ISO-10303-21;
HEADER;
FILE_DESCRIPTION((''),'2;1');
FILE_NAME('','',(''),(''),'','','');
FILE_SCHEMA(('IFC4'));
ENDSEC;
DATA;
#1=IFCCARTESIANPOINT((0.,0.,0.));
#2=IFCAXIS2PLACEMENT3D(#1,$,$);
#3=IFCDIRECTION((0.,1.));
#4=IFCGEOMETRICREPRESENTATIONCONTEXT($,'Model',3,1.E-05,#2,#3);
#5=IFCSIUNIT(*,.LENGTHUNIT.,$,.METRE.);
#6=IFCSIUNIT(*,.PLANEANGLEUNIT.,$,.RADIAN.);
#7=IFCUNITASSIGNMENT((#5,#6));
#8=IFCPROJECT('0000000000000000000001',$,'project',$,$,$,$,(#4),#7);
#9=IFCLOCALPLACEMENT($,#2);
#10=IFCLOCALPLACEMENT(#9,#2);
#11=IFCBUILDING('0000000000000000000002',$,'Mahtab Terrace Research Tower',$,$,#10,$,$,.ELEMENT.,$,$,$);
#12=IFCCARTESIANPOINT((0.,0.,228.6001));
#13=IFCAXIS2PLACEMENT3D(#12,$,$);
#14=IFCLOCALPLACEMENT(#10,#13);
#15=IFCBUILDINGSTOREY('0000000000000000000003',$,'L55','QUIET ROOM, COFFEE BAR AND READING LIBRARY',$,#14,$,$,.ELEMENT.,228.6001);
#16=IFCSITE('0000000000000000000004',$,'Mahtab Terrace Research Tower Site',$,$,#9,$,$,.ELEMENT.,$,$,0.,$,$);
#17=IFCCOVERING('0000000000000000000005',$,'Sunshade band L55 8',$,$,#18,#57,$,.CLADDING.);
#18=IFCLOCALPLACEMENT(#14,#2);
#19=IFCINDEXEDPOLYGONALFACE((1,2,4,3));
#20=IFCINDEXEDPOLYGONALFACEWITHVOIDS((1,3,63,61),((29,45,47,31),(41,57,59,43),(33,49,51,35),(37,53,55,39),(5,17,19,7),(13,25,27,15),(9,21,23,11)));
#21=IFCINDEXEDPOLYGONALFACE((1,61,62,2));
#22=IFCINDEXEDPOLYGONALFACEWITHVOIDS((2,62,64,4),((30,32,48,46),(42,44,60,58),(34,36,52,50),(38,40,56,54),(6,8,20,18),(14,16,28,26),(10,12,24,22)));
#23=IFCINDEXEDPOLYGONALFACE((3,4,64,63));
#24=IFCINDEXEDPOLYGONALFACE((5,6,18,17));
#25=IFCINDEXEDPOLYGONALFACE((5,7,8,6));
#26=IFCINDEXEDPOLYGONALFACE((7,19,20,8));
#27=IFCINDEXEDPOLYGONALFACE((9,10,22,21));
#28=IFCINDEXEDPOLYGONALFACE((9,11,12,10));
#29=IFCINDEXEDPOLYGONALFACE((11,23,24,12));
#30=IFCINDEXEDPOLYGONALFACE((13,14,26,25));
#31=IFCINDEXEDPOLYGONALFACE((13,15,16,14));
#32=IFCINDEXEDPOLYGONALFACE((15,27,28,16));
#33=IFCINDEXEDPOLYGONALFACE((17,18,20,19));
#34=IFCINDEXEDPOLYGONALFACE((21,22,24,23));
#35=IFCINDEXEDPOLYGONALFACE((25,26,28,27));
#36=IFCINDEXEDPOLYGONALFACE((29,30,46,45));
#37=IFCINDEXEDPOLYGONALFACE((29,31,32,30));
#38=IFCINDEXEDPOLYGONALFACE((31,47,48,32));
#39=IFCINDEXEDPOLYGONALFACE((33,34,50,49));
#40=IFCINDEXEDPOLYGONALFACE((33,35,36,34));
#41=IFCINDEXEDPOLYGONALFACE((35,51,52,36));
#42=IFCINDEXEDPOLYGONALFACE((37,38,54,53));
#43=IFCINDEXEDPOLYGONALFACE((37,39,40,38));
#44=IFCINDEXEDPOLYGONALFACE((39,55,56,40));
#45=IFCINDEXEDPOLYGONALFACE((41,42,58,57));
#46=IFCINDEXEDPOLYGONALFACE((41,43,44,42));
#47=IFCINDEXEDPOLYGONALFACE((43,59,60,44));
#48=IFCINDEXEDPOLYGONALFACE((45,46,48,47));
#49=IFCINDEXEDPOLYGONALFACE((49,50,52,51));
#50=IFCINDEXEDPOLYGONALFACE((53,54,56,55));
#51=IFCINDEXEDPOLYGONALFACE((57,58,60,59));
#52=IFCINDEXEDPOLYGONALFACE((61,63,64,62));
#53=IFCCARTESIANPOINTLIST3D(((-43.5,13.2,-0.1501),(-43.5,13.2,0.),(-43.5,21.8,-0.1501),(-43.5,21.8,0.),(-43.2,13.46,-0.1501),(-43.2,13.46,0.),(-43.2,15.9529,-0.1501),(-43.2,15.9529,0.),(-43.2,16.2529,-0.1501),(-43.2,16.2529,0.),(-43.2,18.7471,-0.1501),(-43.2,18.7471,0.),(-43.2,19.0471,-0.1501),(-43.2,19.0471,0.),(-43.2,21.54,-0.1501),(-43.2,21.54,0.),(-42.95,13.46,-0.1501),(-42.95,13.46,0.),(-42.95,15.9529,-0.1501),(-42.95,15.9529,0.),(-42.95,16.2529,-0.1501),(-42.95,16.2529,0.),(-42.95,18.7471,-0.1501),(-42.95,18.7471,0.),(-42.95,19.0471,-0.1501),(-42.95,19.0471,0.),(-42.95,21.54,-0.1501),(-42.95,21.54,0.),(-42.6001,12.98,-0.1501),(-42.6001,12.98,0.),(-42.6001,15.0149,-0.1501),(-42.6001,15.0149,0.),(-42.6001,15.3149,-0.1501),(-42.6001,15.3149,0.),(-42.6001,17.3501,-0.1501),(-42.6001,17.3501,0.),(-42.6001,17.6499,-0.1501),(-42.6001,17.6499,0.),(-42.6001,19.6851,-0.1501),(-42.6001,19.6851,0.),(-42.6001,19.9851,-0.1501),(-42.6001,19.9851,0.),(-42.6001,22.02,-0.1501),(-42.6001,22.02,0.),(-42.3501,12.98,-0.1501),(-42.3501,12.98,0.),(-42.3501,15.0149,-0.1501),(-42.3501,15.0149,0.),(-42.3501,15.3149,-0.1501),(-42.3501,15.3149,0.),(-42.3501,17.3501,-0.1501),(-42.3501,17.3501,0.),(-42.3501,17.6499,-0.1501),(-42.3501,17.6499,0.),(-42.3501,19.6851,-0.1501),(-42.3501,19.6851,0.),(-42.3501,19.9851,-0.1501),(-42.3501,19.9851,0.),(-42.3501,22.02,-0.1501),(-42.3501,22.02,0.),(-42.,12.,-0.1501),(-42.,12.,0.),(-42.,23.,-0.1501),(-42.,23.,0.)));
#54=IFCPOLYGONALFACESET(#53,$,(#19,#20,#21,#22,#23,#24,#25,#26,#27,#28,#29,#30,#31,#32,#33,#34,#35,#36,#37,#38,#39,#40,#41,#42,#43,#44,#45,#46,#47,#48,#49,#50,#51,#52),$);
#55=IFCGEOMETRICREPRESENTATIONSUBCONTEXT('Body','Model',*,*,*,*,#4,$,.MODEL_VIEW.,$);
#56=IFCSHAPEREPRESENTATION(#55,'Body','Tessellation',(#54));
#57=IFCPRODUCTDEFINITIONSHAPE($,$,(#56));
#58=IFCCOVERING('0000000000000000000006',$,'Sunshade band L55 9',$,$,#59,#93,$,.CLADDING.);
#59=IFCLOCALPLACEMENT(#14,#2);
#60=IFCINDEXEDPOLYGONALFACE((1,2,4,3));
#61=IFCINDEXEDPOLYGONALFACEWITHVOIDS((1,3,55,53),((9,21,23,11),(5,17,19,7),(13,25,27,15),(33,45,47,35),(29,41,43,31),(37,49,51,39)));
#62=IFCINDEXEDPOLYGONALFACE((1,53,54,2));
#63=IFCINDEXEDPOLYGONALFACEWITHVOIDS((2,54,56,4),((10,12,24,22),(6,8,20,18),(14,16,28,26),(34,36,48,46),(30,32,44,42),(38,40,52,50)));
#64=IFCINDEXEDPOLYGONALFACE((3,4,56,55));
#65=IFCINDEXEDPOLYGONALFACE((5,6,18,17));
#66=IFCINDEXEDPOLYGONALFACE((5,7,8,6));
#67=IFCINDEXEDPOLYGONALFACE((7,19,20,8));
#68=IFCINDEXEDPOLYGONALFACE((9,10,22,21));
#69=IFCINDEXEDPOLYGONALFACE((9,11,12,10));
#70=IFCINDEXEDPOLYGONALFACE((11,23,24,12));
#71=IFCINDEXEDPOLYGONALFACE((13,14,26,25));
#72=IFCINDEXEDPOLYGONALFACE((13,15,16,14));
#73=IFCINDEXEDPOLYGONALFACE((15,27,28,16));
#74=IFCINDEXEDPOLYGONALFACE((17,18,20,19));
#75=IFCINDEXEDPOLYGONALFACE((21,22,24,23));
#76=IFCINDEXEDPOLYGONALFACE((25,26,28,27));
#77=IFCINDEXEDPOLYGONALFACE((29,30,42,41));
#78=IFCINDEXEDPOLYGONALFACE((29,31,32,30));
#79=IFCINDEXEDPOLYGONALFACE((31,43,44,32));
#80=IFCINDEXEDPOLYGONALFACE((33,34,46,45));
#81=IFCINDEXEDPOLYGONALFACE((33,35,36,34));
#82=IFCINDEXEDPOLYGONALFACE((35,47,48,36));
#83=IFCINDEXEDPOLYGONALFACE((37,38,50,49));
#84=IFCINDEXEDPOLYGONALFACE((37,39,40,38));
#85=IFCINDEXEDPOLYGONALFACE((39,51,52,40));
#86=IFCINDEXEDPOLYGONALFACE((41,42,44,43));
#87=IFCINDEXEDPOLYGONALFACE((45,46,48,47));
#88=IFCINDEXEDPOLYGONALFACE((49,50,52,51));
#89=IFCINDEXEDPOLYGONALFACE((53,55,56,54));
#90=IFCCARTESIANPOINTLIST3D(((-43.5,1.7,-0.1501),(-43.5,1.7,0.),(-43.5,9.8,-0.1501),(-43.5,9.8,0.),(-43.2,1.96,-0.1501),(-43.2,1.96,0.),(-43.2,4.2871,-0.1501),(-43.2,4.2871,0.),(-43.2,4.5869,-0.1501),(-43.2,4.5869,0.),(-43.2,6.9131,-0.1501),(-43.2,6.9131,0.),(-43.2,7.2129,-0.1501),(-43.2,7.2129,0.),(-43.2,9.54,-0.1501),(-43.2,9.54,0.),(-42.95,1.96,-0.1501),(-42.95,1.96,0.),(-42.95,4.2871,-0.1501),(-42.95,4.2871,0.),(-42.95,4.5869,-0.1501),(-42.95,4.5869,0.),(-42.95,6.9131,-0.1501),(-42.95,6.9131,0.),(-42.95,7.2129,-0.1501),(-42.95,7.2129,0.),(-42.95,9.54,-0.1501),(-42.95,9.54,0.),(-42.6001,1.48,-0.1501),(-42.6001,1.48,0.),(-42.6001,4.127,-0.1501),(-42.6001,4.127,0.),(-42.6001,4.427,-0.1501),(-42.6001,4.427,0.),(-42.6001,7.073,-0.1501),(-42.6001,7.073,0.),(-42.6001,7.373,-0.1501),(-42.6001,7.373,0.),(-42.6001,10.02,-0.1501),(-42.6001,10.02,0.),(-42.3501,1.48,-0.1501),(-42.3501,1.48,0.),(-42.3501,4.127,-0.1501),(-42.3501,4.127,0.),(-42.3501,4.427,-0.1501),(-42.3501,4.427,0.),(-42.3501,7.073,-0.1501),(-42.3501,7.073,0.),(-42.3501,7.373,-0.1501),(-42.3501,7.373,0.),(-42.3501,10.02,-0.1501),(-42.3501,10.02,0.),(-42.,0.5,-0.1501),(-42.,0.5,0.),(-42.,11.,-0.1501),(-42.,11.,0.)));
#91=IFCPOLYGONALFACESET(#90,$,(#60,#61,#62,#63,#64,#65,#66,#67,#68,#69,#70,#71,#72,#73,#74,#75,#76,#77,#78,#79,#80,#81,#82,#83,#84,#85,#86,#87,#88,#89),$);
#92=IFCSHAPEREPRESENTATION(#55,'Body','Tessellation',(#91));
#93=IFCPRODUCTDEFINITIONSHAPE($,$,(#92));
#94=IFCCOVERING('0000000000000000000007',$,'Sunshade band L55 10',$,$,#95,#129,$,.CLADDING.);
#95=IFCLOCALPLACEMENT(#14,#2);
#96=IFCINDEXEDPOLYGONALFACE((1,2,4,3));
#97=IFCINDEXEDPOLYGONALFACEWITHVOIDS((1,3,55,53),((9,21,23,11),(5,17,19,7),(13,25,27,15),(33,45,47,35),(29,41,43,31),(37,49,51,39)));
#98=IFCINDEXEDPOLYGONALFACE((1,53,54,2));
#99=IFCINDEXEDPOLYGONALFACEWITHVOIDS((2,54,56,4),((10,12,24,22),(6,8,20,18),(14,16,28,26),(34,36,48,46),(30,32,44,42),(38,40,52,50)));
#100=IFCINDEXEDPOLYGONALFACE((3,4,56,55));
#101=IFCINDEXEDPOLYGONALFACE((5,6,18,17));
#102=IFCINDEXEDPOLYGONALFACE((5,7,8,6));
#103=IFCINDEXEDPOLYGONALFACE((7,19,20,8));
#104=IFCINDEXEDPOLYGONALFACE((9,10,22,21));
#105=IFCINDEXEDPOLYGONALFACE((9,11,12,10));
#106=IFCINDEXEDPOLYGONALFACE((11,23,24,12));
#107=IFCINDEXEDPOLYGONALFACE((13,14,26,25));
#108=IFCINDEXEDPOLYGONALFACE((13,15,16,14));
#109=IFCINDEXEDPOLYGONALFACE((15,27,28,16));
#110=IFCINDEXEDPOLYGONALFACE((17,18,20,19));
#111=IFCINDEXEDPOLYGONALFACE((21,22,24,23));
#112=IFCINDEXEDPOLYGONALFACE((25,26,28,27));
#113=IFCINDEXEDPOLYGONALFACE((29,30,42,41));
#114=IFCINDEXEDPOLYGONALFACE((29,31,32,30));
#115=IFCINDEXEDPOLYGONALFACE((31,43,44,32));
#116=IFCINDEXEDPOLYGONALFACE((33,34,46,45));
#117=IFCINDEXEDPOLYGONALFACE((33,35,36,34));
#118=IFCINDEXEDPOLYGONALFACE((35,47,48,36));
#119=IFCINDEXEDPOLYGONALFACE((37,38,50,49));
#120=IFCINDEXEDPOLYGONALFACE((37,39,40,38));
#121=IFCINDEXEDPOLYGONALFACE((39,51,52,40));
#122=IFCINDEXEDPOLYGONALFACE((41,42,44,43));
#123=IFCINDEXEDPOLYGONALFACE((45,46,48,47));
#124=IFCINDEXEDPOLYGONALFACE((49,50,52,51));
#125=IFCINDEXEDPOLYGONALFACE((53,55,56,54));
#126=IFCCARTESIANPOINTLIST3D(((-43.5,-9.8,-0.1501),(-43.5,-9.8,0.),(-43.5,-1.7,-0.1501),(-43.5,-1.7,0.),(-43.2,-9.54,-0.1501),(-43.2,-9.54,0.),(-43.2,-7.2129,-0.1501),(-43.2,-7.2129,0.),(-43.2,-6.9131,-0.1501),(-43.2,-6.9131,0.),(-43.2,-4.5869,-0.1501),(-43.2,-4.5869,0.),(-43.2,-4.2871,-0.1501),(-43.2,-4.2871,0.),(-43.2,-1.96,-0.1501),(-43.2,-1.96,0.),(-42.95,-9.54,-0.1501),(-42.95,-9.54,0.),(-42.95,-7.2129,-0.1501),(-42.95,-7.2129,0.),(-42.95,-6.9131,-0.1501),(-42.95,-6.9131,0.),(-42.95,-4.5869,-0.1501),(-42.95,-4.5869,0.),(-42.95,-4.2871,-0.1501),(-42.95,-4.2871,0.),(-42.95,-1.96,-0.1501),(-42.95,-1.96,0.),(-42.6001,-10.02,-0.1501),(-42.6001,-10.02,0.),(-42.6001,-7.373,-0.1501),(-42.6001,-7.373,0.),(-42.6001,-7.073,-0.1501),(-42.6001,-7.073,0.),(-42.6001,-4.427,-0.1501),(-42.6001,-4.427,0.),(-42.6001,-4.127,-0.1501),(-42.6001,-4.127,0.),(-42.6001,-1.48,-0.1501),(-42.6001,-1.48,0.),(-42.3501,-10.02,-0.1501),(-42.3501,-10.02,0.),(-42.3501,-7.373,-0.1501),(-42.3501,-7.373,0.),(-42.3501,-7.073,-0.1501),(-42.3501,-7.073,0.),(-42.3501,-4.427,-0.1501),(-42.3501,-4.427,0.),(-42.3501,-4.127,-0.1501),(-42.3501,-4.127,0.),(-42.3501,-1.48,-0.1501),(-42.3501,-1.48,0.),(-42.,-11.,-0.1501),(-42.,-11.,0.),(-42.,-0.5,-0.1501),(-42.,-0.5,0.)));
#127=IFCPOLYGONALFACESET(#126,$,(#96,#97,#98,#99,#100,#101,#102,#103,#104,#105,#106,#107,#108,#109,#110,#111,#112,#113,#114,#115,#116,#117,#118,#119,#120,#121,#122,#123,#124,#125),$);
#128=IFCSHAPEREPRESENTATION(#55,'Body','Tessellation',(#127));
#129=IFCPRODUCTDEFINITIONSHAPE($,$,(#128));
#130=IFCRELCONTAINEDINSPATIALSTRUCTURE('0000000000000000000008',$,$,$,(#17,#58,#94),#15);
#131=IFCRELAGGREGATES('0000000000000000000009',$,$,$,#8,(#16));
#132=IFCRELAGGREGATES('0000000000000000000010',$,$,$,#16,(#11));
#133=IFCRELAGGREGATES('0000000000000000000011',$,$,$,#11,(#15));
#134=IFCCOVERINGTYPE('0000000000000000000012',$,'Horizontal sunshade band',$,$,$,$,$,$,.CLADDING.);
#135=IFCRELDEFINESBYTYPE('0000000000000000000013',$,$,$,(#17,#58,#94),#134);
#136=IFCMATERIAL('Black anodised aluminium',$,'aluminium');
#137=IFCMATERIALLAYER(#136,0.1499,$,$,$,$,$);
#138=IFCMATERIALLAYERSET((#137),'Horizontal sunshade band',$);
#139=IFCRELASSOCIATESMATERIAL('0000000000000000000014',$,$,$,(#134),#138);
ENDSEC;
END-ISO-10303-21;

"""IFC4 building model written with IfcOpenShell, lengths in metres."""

from ifc_helpers import new_model, si_unit, direction, frame, origin, place, context, subcontext, project, spatial, polyline, outline, extrude, material, layer, layer_set, type_object, element, save


model = new_model("IFC4")

# Units and contexts
model_context = context("Model", 3, precision=1e-05, world=origin(), true_north=direction((0.0, 1.0)))
body_context = subcontext(model_context, "Body", "Model", "MODEL_VIEW")
ifc_project = project(units=[si_unit("LENGTHUNIT", "METRE"), si_unit("PLANEANGLEUNIT", "RADIAN")], contexts=[model_context])

# Site, building, storey
site_placement = place(None, origin())
site = spatial("IfcSite", under=ifc_project, at=site_placement, Name="Mahtab Terrace Research Tower Site", CompositionType="ELEMENT", RefElevation=0.0)
building_placement = place(site_placement, origin())
building = spatial("IfcBuilding", under=site, at=building_placement, Name="Mahtab Terrace Research Tower", CompositionType="ELEMENT")
storey_placement = place(building_placement, frame((0.0, 0.0, 228.6001)))
storey = spatial("IfcBuildingStorey", under=building, at=storey_placement, Name="L55", Description="QUIET ROOM, COFFEE BAR AND READING LIBRARY", CompositionType="ELEMENT", Elevation=228.6001)

# Coverings
ifc_material_1 = material(Name="Black anodised aluminium", Category="aluminium")
ifc_layer_1 = layer(ifc_material_1, 0.1499)
ifc_layer_set_1 = layer_set([ifc_layer_1], Name="Horizontal sunshade band")
covering_type_1 = type_object("IfcCoveringType", Name="Horizontal sunshade band", PredefinedType="CLADDING", material=ifc_layer_set_1)
covering_1_placement = place(storey_placement, frame((0.0, 0.0, -0.1501)))
element("IfcCovering", 1, at=covering_1_placement, inside=storey, type_object=covering_type_1, Name="Sunshade band L55 8", PredefinedType="CLADDING", context=body_context, shape_type="SweptSolid", body=[
    extrude(outline(polyline([(-42.0, 23.0), (-42.0, 12.0), (-43.5, 13.2), (-43.5, 21.8), (-42.0, 23.0)]), holes=[polyline([(-42.3501, 22.02), (-42.3501, 19.9851), (-42.6001, 19.9851), (-42.6001, 22.02), (-42.3501, 22.02)]), polyline([(-42.3501, 19.6851), (-42.3501, 17.6499), (-42.6001, 17.6499), (-42.6001, 19.6851), (-42.3501, 19.6851)]), polyline([(-42.3501, 17.3501), (-42.3501, 15.3149), (-42.6001, 15.3149), (-42.6001, 17.3501), (-42.3501, 17.3501)]), polyline([(-42.3501, 15.0149), (-42.3501, 12.98), (-42.6001, 12.98), (-42.6001, 15.0149), (-42.3501, 15.0149)]), polyline([(-42.95, 21.54), (-42.95, 19.0471), (-43.2, 19.0471), (-43.2, 21.54), (-42.95, 21.54)]), polyline([(-42.95, 18.7471), (-42.95, 16.2529), (-43.2, 16.2529), (-43.2, 18.7471), (-42.95, 18.7471)]), polyline([(-42.95, 15.9529), (-42.95, 13.46), (-43.2, 13.46), (-43.2, 15.9529), (-42.95, 15.9529)])]), origin(), (0.0, 0.0, 1.0), 0.1501),
])
covering_2_placement = place(storey_placement, frame((0.0, 0.0, -0.1501)))
element("IfcCovering", 2, at=covering_2_placement, inside=storey, type_object=covering_type_1, Name="Sunshade band L55 9", PredefinedType="CLADDING", context=body_context, shape_type="SweptSolid", body=[
    extrude(outline(polyline([(-42.0, 11.0), (-42.0, 0.5), (-43.5, 1.7), (-43.5, 9.8), (-42.0, 11.0)]), holes=[polyline([(-42.3501, 10.02), (-42.3501, 7.373), (-42.6001, 7.373), (-42.6001, 10.02), (-42.3501, 10.02)]), polyline([(-42.3501, 7.073), (-42.3501, 4.427), (-42.6001, 4.427), (-42.6001, 7.073), (-42.3501, 7.073)]), polyline([(-42.3501, 4.127), (-42.3501, 1.48), (-42.6001, 1.48), (-42.6001, 4.127), (-42.3501, 4.127)]), polyline([(-42.95, 9.54), (-42.95, 7.2129), (-43.2, 7.2129), (-43.2, 9.54), (-42.95, 9.54)]), polyline([(-42.95, 6.9131), (-42.95, 4.5869), (-43.2, 4.5869), (-43.2, 6.9131), (-42.95, 6.9131)]), polyline([(-42.95, 4.2871), (-42.95, 1.96), (-43.2, 1.96), (-43.2, 4.2871), (-42.95, 4.2871)])]), origin(), (0.0, 0.0, 1.0), 0.1501),
])
covering_3_placement = place(storey_placement, frame((0.0, 0.0, -0.1501)))
element("IfcCovering", 3, at=covering_3_placement, inside=storey, type_object=covering_type_1, Name="Sunshade band L55 10", PredefinedType="CLADDING", context=body_context, shape_type="SweptSolid", body=[
    extrude(outline(polyline([(-42.0, -0.5), (-42.0, -11.0), (-43.5, -9.8), (-43.5, -1.7), (-42.0, -0.5)]), holes=[polyline([(-42.3501, -1.48), (-42.3501, -4.127), (-42.6001, -4.127), (-42.6001, -1.48), (-42.3501, -1.48)]), polyline([(-42.3501, -4.427), (-42.3501, -7.073), (-42.6001, -7.073), (-42.6001, -4.427), (-42.3501, -4.427)]), polyline([(-42.3501, -7.373), (-42.3501, -10.02), (-42.6001, -10.02), (-42.6001, -7.373), (-42.3501, -7.373)]), polyline([(-42.95, -1.96), (-42.95, -4.2871), (-43.2, -4.2871), (-43.2, -1.96), (-42.95, -1.96)]), polyline([(-42.95, -4.5869), (-42.95, -6.9131), (-43.2, -6.9131), (-43.2, -4.5869), (-42.95, -4.5869)]), polyline([(-42.95, -7.2129), (-42.95, -9.54), (-43.2, -9.54), (-43.2, -7.2129), (-42.95, -7.2129)])]), origin(), (0.0, 0.0, 1.0), 0.1501),
])

save(model, "model.ifc")
